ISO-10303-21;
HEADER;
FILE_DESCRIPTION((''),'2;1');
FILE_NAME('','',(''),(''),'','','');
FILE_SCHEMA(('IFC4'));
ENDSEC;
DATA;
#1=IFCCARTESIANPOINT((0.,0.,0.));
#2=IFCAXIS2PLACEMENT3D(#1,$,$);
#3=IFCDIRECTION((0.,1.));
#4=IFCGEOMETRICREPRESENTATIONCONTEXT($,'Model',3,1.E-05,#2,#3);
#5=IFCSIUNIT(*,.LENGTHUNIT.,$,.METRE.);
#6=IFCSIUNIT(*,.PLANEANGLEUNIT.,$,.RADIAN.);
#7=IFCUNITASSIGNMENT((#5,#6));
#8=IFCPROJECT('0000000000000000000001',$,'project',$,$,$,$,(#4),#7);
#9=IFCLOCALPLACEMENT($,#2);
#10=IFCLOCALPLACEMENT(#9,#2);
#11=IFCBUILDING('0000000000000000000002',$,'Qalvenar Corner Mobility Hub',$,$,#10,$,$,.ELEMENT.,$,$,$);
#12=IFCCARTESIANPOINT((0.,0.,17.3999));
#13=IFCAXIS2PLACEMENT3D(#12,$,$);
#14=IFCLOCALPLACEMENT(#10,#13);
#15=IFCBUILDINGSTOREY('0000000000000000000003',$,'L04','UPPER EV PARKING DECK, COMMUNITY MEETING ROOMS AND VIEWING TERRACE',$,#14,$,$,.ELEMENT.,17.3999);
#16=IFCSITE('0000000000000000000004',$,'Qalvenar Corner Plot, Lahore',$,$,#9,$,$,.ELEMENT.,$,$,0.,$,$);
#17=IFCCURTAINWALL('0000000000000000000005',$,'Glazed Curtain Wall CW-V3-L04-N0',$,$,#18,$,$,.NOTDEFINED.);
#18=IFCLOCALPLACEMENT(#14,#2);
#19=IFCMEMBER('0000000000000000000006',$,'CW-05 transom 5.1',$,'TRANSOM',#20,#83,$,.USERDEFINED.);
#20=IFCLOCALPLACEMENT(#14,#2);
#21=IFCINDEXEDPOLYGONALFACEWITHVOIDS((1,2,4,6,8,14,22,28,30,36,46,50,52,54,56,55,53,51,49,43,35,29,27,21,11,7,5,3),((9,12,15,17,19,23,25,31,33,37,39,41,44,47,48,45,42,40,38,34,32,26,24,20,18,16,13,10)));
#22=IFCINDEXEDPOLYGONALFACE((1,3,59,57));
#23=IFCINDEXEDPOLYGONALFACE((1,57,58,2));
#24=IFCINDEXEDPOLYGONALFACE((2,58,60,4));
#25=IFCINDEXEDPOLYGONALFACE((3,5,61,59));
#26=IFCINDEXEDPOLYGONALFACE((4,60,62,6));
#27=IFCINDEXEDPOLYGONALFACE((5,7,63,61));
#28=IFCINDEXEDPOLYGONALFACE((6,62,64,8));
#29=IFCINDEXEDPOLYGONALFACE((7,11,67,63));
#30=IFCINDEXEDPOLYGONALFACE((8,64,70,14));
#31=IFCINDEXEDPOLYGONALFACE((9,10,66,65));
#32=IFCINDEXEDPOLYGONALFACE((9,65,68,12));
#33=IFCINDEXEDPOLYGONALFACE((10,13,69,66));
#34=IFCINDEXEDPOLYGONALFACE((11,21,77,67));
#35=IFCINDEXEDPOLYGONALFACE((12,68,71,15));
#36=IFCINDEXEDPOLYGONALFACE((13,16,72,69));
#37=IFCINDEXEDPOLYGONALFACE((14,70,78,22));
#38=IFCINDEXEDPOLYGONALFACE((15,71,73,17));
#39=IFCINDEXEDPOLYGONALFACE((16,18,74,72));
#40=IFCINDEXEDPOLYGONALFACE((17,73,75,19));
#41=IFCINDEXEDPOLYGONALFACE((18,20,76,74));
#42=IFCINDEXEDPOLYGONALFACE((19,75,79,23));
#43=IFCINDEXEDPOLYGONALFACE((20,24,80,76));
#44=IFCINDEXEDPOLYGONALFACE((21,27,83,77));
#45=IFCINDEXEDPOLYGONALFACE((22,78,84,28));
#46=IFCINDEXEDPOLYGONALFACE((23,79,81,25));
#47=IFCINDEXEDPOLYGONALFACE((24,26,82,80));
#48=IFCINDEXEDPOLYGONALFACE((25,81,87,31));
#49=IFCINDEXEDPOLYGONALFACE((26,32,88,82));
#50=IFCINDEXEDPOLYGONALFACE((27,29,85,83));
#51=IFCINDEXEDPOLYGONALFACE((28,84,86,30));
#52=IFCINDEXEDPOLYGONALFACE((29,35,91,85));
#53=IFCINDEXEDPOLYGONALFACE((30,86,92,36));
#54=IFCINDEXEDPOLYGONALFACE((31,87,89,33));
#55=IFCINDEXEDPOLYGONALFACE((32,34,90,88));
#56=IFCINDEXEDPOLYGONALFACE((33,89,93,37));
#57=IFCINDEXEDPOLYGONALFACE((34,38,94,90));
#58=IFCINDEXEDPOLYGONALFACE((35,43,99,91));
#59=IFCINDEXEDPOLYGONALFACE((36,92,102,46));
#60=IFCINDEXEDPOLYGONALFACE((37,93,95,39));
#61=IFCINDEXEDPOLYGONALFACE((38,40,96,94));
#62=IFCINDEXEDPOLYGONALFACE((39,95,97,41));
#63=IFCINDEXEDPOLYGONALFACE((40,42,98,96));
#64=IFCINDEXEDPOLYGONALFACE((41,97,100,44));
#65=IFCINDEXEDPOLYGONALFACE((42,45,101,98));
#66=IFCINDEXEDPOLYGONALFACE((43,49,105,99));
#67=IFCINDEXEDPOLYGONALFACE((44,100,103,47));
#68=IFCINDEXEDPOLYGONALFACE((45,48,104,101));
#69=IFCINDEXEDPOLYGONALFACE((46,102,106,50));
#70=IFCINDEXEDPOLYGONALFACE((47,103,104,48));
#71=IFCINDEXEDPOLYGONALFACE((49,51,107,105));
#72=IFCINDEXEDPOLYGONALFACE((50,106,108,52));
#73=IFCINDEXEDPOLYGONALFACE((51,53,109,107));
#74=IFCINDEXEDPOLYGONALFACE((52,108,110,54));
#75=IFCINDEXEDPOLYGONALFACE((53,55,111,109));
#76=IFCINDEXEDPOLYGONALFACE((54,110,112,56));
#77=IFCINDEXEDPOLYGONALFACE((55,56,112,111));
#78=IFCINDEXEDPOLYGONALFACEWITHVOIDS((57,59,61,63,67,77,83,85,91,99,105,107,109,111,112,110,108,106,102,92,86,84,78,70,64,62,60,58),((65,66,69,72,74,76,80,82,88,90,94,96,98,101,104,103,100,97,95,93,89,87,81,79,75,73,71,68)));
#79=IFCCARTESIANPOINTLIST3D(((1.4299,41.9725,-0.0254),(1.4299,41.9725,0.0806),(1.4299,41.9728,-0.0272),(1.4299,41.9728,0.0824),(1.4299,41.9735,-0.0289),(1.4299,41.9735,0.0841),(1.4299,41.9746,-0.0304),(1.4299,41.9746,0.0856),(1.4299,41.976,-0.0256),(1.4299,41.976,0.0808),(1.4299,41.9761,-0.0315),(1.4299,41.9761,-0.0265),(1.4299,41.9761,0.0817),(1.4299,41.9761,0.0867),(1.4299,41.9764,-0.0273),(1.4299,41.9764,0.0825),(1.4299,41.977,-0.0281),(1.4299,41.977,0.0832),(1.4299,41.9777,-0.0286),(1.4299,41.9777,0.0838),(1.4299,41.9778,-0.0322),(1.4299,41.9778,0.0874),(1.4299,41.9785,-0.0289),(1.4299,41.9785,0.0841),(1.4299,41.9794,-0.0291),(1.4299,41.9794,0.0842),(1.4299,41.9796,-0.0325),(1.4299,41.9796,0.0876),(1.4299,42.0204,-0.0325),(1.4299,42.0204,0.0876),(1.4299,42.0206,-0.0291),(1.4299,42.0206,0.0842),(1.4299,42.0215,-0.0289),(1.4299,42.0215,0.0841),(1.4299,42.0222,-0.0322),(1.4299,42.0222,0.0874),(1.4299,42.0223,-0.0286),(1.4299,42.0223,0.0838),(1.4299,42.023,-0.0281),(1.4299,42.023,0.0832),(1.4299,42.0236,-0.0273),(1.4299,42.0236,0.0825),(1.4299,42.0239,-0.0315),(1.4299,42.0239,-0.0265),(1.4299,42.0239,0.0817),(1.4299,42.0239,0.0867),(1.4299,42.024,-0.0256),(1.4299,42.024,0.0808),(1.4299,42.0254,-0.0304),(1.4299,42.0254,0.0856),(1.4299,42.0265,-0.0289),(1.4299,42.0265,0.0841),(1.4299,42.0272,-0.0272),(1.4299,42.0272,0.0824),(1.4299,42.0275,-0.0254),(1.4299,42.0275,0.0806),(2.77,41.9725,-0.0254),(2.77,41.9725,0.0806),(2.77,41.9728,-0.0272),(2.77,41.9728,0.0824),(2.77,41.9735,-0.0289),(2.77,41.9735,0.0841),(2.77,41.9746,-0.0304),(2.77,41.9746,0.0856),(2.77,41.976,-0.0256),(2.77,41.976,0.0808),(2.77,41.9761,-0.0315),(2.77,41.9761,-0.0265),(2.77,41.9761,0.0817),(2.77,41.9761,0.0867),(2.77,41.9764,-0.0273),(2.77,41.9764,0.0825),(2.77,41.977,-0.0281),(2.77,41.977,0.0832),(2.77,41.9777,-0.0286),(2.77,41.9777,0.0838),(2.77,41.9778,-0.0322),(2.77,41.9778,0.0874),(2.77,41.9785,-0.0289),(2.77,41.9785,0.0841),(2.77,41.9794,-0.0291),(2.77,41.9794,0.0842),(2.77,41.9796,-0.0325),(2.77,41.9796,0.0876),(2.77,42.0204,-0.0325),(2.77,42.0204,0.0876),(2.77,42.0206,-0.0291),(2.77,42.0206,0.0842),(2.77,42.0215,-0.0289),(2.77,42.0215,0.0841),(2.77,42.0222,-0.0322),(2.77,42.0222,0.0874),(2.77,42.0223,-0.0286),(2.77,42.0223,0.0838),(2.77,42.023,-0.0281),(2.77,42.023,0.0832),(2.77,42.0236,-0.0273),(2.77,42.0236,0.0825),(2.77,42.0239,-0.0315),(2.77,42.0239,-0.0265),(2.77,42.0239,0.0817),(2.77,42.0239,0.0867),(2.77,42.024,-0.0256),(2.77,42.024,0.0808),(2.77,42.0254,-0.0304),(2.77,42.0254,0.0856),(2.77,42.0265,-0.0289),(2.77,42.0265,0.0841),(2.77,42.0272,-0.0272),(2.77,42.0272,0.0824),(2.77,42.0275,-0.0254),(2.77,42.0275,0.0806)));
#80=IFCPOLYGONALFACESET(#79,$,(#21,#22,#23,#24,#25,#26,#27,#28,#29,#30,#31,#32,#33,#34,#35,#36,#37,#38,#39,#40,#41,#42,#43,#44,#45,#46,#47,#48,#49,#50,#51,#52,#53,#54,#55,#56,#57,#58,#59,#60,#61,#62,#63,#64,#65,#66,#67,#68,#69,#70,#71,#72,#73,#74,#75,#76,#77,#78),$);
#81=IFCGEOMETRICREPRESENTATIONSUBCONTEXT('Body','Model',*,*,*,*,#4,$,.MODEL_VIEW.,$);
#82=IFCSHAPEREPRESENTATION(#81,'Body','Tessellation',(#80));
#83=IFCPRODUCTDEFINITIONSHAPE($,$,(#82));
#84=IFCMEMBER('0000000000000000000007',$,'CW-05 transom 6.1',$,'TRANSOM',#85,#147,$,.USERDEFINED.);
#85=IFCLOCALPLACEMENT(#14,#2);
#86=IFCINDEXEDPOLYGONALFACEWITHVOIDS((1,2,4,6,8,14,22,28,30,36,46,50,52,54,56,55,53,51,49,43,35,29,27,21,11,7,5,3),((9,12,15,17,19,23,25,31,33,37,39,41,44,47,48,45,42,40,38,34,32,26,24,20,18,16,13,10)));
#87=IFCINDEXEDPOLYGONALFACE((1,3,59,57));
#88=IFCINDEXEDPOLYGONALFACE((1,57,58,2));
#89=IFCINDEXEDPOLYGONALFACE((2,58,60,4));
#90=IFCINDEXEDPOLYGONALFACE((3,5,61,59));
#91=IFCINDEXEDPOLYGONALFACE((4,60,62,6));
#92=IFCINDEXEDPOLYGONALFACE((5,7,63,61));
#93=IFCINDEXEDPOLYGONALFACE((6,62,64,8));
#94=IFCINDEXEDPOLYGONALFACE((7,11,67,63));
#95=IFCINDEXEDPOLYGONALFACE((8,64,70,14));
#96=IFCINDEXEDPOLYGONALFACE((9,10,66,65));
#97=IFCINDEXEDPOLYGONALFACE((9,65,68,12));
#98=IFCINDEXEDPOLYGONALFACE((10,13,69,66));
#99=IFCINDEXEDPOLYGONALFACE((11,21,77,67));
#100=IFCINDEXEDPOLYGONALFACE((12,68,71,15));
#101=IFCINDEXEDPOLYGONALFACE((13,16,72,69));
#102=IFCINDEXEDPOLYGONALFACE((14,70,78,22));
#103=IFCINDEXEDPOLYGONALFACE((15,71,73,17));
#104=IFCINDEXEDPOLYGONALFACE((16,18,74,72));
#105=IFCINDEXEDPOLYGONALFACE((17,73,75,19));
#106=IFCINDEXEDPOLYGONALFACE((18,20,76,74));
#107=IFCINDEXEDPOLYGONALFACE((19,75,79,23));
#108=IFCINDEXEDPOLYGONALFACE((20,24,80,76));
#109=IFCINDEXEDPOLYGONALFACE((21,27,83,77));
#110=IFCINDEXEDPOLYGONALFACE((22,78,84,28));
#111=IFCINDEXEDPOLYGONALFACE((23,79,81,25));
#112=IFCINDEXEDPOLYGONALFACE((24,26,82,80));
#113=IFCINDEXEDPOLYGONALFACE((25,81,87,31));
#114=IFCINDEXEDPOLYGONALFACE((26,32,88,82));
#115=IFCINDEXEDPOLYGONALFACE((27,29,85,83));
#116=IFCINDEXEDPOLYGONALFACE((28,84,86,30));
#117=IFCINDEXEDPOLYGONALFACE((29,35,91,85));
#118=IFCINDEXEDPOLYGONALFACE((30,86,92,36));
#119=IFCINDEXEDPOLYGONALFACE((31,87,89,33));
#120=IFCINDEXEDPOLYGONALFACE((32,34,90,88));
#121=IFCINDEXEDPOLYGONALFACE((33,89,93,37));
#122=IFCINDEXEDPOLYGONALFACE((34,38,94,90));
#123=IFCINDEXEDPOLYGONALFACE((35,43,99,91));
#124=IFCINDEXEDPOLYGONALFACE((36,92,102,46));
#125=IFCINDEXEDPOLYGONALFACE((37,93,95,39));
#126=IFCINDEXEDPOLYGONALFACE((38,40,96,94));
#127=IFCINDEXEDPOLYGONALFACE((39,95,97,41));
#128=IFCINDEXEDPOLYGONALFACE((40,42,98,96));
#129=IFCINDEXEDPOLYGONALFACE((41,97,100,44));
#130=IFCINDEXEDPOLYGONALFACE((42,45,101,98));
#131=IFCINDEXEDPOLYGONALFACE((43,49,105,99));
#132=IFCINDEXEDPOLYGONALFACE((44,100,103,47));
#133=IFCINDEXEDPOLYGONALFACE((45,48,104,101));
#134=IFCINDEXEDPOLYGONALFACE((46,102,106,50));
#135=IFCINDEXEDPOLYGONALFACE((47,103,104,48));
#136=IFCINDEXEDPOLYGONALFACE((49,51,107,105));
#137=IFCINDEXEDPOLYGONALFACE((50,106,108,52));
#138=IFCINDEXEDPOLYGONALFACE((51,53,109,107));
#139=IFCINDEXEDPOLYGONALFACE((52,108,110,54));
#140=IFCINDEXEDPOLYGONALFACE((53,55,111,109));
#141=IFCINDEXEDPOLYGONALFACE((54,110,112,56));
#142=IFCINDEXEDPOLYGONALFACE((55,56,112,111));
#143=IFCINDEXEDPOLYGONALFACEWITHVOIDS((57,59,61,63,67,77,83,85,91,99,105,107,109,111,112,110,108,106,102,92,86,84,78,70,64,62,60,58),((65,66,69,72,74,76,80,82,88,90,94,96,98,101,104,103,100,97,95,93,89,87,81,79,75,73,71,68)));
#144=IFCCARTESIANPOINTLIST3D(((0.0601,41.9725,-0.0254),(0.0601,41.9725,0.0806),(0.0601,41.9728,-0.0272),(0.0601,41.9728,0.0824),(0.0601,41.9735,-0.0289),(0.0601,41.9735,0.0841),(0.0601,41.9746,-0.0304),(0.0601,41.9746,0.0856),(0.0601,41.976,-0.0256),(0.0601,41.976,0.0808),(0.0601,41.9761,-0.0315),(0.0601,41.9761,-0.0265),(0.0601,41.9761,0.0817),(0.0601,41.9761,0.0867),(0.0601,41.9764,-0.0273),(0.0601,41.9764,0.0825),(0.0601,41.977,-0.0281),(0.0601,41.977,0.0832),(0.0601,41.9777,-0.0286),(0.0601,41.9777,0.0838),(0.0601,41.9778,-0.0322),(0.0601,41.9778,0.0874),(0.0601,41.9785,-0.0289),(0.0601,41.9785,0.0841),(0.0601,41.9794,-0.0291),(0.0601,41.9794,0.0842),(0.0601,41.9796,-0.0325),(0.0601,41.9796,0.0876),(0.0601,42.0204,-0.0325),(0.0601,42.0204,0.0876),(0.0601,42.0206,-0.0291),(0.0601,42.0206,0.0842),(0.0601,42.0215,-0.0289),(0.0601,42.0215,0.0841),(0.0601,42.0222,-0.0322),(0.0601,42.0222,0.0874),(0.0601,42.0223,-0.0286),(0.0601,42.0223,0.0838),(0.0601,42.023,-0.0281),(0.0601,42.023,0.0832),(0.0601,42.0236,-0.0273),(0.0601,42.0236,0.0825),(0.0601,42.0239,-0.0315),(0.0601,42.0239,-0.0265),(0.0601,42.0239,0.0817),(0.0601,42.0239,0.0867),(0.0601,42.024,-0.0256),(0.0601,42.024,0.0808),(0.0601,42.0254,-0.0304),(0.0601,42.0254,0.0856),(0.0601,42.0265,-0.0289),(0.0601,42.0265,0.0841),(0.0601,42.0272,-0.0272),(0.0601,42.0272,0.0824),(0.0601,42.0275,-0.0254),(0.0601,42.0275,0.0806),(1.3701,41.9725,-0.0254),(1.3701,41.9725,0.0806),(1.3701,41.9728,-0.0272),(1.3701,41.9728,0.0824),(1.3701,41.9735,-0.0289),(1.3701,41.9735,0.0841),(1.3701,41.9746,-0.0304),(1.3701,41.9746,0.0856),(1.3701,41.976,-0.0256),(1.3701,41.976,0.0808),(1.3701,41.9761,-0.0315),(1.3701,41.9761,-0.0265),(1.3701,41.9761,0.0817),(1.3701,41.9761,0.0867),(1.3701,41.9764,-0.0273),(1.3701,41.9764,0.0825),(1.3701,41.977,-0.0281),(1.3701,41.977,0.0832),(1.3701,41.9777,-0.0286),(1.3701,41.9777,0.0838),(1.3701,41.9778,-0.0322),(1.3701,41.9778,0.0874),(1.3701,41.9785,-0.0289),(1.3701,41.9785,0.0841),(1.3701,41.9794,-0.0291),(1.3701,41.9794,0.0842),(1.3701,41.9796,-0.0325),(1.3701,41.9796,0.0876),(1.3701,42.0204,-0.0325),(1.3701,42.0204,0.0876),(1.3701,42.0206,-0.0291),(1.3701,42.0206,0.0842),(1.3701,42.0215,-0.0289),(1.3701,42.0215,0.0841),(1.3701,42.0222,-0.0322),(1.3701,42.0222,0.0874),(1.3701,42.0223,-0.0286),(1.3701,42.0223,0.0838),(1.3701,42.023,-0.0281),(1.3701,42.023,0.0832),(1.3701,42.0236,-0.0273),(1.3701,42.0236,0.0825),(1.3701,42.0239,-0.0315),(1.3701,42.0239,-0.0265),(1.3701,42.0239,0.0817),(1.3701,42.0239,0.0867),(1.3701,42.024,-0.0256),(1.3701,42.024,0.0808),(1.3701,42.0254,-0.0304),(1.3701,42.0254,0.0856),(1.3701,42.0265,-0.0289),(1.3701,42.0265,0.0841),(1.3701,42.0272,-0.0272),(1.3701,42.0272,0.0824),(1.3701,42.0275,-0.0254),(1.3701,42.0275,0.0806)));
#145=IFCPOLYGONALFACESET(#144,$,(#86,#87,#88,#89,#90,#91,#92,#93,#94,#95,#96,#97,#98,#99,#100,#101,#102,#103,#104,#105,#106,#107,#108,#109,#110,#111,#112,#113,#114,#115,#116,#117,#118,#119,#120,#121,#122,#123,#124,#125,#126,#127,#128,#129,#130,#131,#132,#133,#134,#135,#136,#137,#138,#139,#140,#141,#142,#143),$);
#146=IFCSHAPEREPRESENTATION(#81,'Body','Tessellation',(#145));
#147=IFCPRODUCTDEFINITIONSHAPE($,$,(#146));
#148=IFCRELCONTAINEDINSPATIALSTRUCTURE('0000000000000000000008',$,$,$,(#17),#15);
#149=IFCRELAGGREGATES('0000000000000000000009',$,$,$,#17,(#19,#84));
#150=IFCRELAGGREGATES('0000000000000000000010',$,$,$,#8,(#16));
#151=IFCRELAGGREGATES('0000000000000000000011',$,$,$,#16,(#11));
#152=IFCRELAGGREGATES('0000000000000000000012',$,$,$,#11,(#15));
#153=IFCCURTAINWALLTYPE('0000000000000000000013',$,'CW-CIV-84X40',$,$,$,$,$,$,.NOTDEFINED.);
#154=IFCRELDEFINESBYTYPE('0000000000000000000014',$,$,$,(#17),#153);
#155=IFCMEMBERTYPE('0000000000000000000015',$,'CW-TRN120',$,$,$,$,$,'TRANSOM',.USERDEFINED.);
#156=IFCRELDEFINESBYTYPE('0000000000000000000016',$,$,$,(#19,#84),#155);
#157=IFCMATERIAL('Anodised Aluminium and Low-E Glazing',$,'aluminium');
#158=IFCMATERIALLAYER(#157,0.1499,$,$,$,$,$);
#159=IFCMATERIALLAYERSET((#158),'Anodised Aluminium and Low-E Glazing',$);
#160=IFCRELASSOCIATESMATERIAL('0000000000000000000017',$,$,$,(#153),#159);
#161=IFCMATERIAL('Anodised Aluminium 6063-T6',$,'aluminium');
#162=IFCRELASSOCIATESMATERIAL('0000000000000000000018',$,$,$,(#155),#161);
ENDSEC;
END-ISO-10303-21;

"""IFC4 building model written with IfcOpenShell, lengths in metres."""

from ifc_helpers import new_model, si_unit, direction, frame, origin, origin_2d, place, context, subcontext, project, spatial, hollow_rectangle, extrude, material, layer, layer_set, material_profile, profile_set, type_object, element, aggregate, save


model = new_model("IFC4")

# Units and contexts
model_context = context("Model", 3, precision=1e-05, world=origin(), true_north=direction((0.0, 1.0)))
body_context = subcontext(model_context, "Body", "Model", "MODEL_VIEW")
ifc_project = project(units=[si_unit("LENGTHUNIT", "METRE"), si_unit("PLANEANGLEUNIT", "RADIAN")], contexts=[model_context])

# Site, building, storey
site_placement = place(None, origin())
site = spatial("IfcSite", under=ifc_project, at=site_placement, Name="Qalvenar Corner Plot, Lahore", CompositionType="ELEMENT", RefElevation=0.0)
building_placement = place(site_placement, origin())
building = spatial("IfcBuilding", under=site, at=building_placement, Name="Qalvenar Corner Mobility Hub", CompositionType="ELEMENT")
storey_placement = place(building_placement, frame((0.0, 0.0, 17.3999)))
storey = spatial("IfcBuildingStorey", under=building, at=storey_placement, Name="L04", Description="UPPER EV PARKING DECK, COMMUNITY MEETING ROOMS AND VIEWING TERRACE", CompositionType="ELEMENT", Elevation=17.3999)

# Curtain wall, members
ifc_material_1 = material(Name="Anodised Aluminium and Low-E Glazing", Category="aluminium")
ifc_layer_1 = layer(ifc_material_1, 0.1499)
ifc_layer_set_1 = layer_set([ifc_layer_1], Name="Anodised Aluminium and Low-E Glazing")
curtain_wall_type = type_object("IfcCurtainWallType", Name="CW-CIV-84X40", PredefinedType="NOTDEFINED", material=ifc_layer_set_1)
curtain_wall_placement = place(storey_placement, origin())
curtain_wall = element("IfcCurtainWall", 1, at=curtain_wall_placement, inside=storey, type_object=curtain_wall_type, Name="Glazed Curtain Wall CW-V3-L04-N0", PredefinedType="NOTDEFINED")
ifc_material_2 = material(Name="Anodised Aluminium 6063-T6", Category="aluminium")
ifc_material_profile_1 = material_profile(ifc_material_2, hollow_rectangle(XDim=0.0549, YDim=0.1201, WallThickness=0.0034, InnerFilletRadius=0.0034, OuterFilletRadius=0.0071, at=origin_2d()), Name="RHS120x55x3.5")
ifc_profile_set_1 = profile_set([ifc_material_profile_1], Name="Anodised Aluminium 6063-T6")
member_type_1 = type_object("IfcMemberType", Name="CW-TRN120", ElementType="TRANSOM", PredefinedType="USERDEFINED", material=ifc_profile_set_1)
member_1_placement = place(storey_placement, frame((2.77, 42.0, 0.0276), z_axis=(-1.0, 0.0, 0.0), x_axis=(0.0, -1.0, 0.0)))
member_1 = element("IfcMember", 2, at=member_1_placement, type_object=member_type_1, Name="CW-05 transom 5.1", ObjectType="TRANSOM", PredefinedType="USERDEFINED", context=body_context, shape_type="SweptSolid", body=[
    extrude(hollow_rectangle(XDim=0.0549, YDim=0.1201, WallThickness=0.0034, InnerFilletRadius=0.0034, OuterFilletRadius=0.0071, at=origin_2d()), origin(), (0.0, 0.0, 1.0), 1.3401),
])
member_2_placement = place(storey_placement, frame((1.3701, 42.0, 0.0276), z_axis=(-1.0, 0.0, 0.0), x_axis=(0.0, -1.0, 0.0)))
member_2 = element("IfcMember", 3, at=member_2_placement, type_object=member_type_1, Name="CW-05 transom 6.1", ObjectType="TRANSOM", PredefinedType="USERDEFINED", context=body_context, shape_type="SweptSolid", body=[
    extrude(hollow_rectangle(XDim=0.0549, YDim=0.1201, WallThickness=0.0034, InnerFilletRadius=0.0034, OuterFilletRadius=0.0071, at=origin_2d()), origin(), (0.0, 0.0, 1.0), 1.3101),
])
aggregate(curtain_wall, [member_1, member_2])

save(model, "model.ifc")
